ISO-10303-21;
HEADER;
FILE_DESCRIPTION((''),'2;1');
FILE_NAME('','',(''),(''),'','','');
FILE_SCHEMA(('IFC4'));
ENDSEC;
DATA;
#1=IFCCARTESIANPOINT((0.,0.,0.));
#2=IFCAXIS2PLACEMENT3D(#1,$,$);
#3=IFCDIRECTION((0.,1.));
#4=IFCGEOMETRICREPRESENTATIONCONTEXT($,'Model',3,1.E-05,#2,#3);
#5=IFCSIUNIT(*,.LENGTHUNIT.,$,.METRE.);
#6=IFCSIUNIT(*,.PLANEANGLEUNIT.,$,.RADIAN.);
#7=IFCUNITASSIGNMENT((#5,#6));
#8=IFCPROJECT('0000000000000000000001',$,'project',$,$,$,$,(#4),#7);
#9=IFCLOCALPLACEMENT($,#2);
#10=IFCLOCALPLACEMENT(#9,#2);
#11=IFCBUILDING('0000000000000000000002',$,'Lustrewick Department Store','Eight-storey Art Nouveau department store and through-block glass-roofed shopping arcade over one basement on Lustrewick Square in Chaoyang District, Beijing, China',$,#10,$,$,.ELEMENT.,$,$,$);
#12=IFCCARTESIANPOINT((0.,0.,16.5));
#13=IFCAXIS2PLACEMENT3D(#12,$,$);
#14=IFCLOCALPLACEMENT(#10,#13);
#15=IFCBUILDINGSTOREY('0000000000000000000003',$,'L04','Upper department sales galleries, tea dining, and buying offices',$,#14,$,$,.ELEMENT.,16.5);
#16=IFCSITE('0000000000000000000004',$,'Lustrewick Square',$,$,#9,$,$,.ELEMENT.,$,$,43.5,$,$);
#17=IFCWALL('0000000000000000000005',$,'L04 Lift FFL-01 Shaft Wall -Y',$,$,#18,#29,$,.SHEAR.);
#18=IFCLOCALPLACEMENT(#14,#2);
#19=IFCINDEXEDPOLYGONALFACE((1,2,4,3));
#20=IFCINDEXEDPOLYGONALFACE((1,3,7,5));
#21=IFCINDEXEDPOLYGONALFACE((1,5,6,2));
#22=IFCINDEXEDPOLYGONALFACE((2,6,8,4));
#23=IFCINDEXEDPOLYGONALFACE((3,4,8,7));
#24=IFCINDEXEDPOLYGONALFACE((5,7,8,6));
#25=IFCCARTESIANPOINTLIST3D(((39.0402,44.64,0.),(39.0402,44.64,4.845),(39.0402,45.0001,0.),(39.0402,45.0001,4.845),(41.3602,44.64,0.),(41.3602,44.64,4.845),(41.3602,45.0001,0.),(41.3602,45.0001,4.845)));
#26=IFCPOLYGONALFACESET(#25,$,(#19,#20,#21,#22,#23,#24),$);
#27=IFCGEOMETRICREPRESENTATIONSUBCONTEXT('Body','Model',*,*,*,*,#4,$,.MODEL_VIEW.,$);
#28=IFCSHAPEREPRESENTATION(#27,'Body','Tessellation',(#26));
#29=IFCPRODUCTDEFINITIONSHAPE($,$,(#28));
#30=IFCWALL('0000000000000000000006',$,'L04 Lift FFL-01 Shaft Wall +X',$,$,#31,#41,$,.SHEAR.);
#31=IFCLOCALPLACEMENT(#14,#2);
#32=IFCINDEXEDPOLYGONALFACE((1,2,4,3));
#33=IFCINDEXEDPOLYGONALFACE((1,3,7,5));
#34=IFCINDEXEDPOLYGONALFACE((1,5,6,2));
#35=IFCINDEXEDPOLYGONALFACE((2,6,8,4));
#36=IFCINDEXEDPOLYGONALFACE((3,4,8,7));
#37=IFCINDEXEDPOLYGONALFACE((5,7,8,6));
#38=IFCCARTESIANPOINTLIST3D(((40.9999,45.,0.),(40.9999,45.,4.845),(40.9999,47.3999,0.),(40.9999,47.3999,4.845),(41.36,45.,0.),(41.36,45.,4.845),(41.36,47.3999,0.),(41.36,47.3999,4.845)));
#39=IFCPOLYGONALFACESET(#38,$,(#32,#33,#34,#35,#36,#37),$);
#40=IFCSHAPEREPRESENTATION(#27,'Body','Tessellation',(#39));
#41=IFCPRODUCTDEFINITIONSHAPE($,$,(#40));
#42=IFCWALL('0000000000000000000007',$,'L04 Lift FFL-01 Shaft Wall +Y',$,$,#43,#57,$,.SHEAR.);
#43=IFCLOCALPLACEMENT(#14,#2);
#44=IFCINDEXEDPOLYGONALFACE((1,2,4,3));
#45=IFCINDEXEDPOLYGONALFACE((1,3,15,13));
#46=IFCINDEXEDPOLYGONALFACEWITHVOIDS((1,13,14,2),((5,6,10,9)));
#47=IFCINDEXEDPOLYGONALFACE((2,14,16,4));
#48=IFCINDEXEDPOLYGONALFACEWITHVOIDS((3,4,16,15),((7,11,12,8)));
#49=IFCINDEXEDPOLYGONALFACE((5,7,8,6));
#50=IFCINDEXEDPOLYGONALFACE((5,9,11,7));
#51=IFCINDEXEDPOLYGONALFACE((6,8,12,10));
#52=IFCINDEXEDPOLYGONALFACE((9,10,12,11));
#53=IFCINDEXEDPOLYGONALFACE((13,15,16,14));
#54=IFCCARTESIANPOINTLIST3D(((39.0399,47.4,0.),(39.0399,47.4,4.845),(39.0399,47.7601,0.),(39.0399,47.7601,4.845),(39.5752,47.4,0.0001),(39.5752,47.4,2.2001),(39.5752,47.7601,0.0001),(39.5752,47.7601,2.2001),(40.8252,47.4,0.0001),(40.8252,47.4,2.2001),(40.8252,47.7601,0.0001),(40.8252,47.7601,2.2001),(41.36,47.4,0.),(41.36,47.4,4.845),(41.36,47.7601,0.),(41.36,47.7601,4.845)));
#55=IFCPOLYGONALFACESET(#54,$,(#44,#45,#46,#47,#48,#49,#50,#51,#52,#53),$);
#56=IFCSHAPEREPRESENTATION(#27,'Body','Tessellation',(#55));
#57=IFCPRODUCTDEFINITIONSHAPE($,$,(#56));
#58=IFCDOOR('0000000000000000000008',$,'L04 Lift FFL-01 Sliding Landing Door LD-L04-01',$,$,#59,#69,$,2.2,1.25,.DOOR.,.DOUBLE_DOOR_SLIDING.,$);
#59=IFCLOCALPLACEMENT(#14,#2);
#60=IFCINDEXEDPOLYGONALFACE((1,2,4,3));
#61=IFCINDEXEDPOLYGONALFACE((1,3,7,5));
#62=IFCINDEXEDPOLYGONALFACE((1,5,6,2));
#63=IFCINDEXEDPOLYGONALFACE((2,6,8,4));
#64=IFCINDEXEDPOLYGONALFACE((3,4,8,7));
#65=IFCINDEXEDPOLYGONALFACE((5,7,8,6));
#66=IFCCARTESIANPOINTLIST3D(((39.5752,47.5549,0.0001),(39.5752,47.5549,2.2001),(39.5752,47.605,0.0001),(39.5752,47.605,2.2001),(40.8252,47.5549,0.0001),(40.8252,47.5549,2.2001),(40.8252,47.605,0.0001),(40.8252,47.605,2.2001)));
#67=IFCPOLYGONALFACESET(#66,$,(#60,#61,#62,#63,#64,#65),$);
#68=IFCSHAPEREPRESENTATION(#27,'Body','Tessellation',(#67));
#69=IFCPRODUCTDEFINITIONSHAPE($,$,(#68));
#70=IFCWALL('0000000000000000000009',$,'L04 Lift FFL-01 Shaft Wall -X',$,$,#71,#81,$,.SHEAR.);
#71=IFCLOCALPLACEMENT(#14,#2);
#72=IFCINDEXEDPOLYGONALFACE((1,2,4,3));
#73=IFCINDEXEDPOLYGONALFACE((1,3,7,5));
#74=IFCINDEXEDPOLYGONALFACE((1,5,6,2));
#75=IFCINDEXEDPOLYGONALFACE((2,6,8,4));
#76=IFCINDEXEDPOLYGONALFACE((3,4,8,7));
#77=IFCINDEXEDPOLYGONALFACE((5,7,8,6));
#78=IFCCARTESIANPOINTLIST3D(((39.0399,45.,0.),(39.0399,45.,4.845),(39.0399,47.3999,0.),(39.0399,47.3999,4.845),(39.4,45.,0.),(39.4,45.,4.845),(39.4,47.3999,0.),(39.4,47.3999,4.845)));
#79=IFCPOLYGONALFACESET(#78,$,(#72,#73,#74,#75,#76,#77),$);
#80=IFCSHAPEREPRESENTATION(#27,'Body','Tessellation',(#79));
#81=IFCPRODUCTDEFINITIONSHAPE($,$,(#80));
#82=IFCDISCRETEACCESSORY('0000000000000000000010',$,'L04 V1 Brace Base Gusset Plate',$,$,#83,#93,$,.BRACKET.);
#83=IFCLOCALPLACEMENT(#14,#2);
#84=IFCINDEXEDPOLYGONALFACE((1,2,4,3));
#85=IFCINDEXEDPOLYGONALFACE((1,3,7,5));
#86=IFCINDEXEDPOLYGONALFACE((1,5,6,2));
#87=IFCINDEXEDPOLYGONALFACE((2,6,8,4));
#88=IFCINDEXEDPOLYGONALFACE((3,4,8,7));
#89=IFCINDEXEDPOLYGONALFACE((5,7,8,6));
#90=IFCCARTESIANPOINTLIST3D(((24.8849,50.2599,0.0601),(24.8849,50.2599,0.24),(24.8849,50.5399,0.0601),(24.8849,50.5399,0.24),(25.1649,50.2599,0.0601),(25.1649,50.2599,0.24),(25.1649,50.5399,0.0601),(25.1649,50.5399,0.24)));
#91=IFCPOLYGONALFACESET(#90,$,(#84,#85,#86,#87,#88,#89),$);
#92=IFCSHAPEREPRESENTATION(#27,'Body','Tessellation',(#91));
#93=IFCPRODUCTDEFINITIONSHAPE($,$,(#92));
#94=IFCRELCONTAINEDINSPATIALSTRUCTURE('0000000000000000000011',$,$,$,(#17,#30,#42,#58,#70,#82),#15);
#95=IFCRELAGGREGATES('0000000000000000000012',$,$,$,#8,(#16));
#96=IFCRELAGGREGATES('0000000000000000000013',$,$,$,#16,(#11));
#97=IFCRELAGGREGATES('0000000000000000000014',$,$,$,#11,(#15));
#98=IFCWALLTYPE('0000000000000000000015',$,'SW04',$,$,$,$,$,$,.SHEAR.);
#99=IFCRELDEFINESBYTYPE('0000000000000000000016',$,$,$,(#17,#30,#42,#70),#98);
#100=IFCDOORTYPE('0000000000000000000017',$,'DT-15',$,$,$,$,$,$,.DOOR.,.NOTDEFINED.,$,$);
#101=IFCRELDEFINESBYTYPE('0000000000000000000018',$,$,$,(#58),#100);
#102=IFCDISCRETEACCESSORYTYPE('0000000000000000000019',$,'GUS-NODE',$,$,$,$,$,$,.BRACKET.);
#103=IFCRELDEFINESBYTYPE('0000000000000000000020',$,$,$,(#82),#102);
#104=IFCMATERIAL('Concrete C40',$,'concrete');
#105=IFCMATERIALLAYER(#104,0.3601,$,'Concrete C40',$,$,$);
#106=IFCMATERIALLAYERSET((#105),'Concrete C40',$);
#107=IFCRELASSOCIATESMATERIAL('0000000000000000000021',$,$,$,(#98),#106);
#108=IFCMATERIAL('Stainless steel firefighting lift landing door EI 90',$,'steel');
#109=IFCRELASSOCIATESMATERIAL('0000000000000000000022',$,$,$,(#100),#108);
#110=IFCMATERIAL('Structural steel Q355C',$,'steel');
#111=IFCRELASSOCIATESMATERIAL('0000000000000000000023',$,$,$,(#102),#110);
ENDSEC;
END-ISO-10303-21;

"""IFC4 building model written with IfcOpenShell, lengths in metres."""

from ifc_helpers import new_model, si_unit, direction, frame, frame_2d, origin, origin_2d, place, context, subcontext, project, spatial, rectangle, extrude, material, layer, layer_set, type_object, element, fill, save


model = new_model("IFC4")

# Units and contexts
model_context = context("Model", 3, precision=1e-05, world=origin(), true_north=direction((0.0, 1.0)))
body_context = subcontext(model_context, "Body", "Model", "MODEL_VIEW")
ifc_project = project(units=[si_unit("LENGTHUNIT", "METRE"), si_unit("PLANEANGLEUNIT", "RADIAN")], contexts=[model_context])

# Site, building, storey
site_placement = place(None, origin())
site = spatial("IfcSite", under=ifc_project, at=site_placement, Name="Lustrewick Square", CompositionType="ELEMENT", RefElevation=43.5)
building_placement = place(site_placement, origin())
building = spatial("IfcBuilding", under=site, at=building_placement, Name="Lustrewick Department Store", Description="Eight-storey Art Nouveau department store and through-block glass-roofed shopping arcade over one basement on Lustrewick Square in Chaoyang District, Beijing, China", CompositionType="ELEMENT")
storey_placement = place(building_placement, frame((0.0, 0.0, 16.5)))
storey = spatial("IfcBuildingStorey", under=building, at=storey_placement, Name="L04", Description="Upper department sales galleries, tea dining, and buying offices", CompositionType="ELEMENT", Elevation=16.5)

# Shared definitions
ifc_material_1 = material(Name="Structural steel Q355C", Category="steel")

# Walls
ifc_material_2 = material(Name="Concrete C40", Category="concrete")
ifc_layer_1 = layer(ifc_material_2, 0.3601, Name="Concrete C40")
ifc_layer_set_1 = layer_set([ifc_layer_1], Name="Concrete C40")
wall_type_1 = type_object("IfcWallType", Name="SW04", PredefinedType="SHEAR", material=ifc_layer_set_1)
wall_1_placement = place(storey_placement, frame((39.04, 44.8201, 0.0), z_axis=(0.0, 0.0, 1.0), x_axis=(1.0, 0.0, 0.0)))
element("IfcWall", 1, at=wall_1_placement, inside=storey, type_object=wall_type_1, Name="L04 Lift FFL-01 Shaft Wall -Y", PredefinedType="SHEAR", context=body_context, shape_type="SweptSolid", body=[
    extrude(rectangle(XDim=2.3201, YDim=0.3601, at=frame_2d((1.1602, 0.0))), origin(), (0.0, 0.0, 1.0), 4.845),
])
wall_2_placement = place(storey_placement, frame((41.1799, 45.0, 0.0), z_axis=(0.0, 0.0, 1.0), x_axis=(0.0, 1.0, 0.0)))
element("IfcWall", 2, at=wall_2_placement, inside=storey, type_object=wall_type_1, Name="L04 Lift FFL-01 Shaft Wall +X", PredefinedType="SHEAR", context=body_context, shape_type="SweptSolid", body=[
    extrude(rectangle(XDim=2.3999, YDim=0.3601, at=frame_2d((1.2, 0.0))), origin(), (0.0, 0.0, 1.0), 4.845),
])

# Wall, opening, door
wall_3_placement = place(storey_placement, frame((41.3601, 47.5801, 0.0), z_axis=(0.0, 0.0, 1.0), x_axis=(-1.0, 0.0, 0.0)))
wall_3 = element("IfcWall", 3, at=wall_3_placement, inside=storey, type_object=wall_type_1, Name="L04 Lift FFL-01 Shaft Wall +Y", PredefinedType="SHEAR", context=body_context, shape_type="SweptSolid", body=[
    extrude(rectangle(XDim=2.3201, YDim=0.3601, at=frame_2d((1.1602, 0.0))), origin(), (0.0, 0.0, 1.0), 4.845),
])
opening_1_placement = place(wall_3_placement, frame((0.5349, 0.0, 0.0)))
opening_1 = element("IfcOpeningElement", 4, at=opening_1_placement, cuts=wall_3, PredefinedType="OPENING", context=body_context, shape_type="SweptSolid", body=[
    extrude(rectangle(XDim=1.25, YDim=2.2, at=frame_2d((0.625, 1.1001))), frame((0.0, 0.1899, 0.0), z_axis=(0.0, -1.0, 0.0), x_axis=(1.0, 0.0, 0.0)), (0.0, 0.0, 1.0), 0.3801),
])
ifc_material_3 = material(Name="Stainless steel firefighting lift landing door EI 90", Category="steel")
door_type_1 = type_object("IfcDoorType", Name="DT-15", OperationType="NOTDEFINED", PredefinedType="DOOR", material=ifc_material_3)
door_1_placement = place(opening_1_placement, frame((1.25, 0.0, 0.0), z_axis=(0.0, 0.0, 1.0), x_axis=(-1.0, 0.0, 0.0)))
door_1 = element("IfcDoor", 5, at=door_1_placement, inside=storey, type_object=door_type_1, Name="L04 Lift FFL-01 Sliding Landing Door LD-L04-01", OperationType="DOUBLE_DOOR_SLIDING", OverallHeight=2.2, OverallWidth=1.25, PredefinedType="DOOR", context=body_context, shape_type="SweptSolid", body=[
    extrude(rectangle(XDim=1.25, YDim=2.2, at=frame_2d((0.625, 1.1001))), frame((0.0, 0.0249, 0.0), z_axis=(0.0, -1.0, 0.0), x_axis=(1.0, 0.0, 0.0)), (0.0, 0.0, 1.0), 0.05),
])
fill(opening_1, door_1)

# Wall
wall_4_placement = place(storey_placement, frame((39.22, 47.3999, 0.0), z_axis=(0.0, 0.0, 1.0), x_axis=(0.0, -1.0, 0.0)))
element("IfcWall", 6, at=wall_4_placement, inside=storey, type_object=wall_type_1, Name="L04 Lift FFL-01 Shaft Wall -X", PredefinedType="SHEAR", context=body_context, shape_type="SweptSolid", body=[
    extrude(rectangle(XDim=2.3999, YDim=0.3601, at=frame_2d((1.2, 0.0))), origin(), (0.0, 0.0, 1.0), 4.845),
])

# Discrete accessory
discrete_accessory_type = type_object("IfcDiscreteAccessoryType", Name="GUS-NODE", PredefinedType="BRACKET", material=ifc_material_1)
discrete_accessory_placement = place(storey_placement, frame((25.0249, 50.3999, 0.0601), z_axis=(0.0, 0.0, 1.0), x_axis=(1.0, 0.0, 0.0)))
element("IfcDiscreteAccessory", 7, at=discrete_accessory_placement, inside=storey, type_object=discrete_accessory_type, Name="L04 V1 Brace Base Gusset Plate", PredefinedType="BRACKET", context=body_context, shape_type="SweptSolid", body=[
    extrude(rectangle(XDim=0.28, YDim=0.28, at=origin_2d()), origin(), (0.0, 0.0, 1.0), 0.1799),
])

save(model, "model.ifc")
